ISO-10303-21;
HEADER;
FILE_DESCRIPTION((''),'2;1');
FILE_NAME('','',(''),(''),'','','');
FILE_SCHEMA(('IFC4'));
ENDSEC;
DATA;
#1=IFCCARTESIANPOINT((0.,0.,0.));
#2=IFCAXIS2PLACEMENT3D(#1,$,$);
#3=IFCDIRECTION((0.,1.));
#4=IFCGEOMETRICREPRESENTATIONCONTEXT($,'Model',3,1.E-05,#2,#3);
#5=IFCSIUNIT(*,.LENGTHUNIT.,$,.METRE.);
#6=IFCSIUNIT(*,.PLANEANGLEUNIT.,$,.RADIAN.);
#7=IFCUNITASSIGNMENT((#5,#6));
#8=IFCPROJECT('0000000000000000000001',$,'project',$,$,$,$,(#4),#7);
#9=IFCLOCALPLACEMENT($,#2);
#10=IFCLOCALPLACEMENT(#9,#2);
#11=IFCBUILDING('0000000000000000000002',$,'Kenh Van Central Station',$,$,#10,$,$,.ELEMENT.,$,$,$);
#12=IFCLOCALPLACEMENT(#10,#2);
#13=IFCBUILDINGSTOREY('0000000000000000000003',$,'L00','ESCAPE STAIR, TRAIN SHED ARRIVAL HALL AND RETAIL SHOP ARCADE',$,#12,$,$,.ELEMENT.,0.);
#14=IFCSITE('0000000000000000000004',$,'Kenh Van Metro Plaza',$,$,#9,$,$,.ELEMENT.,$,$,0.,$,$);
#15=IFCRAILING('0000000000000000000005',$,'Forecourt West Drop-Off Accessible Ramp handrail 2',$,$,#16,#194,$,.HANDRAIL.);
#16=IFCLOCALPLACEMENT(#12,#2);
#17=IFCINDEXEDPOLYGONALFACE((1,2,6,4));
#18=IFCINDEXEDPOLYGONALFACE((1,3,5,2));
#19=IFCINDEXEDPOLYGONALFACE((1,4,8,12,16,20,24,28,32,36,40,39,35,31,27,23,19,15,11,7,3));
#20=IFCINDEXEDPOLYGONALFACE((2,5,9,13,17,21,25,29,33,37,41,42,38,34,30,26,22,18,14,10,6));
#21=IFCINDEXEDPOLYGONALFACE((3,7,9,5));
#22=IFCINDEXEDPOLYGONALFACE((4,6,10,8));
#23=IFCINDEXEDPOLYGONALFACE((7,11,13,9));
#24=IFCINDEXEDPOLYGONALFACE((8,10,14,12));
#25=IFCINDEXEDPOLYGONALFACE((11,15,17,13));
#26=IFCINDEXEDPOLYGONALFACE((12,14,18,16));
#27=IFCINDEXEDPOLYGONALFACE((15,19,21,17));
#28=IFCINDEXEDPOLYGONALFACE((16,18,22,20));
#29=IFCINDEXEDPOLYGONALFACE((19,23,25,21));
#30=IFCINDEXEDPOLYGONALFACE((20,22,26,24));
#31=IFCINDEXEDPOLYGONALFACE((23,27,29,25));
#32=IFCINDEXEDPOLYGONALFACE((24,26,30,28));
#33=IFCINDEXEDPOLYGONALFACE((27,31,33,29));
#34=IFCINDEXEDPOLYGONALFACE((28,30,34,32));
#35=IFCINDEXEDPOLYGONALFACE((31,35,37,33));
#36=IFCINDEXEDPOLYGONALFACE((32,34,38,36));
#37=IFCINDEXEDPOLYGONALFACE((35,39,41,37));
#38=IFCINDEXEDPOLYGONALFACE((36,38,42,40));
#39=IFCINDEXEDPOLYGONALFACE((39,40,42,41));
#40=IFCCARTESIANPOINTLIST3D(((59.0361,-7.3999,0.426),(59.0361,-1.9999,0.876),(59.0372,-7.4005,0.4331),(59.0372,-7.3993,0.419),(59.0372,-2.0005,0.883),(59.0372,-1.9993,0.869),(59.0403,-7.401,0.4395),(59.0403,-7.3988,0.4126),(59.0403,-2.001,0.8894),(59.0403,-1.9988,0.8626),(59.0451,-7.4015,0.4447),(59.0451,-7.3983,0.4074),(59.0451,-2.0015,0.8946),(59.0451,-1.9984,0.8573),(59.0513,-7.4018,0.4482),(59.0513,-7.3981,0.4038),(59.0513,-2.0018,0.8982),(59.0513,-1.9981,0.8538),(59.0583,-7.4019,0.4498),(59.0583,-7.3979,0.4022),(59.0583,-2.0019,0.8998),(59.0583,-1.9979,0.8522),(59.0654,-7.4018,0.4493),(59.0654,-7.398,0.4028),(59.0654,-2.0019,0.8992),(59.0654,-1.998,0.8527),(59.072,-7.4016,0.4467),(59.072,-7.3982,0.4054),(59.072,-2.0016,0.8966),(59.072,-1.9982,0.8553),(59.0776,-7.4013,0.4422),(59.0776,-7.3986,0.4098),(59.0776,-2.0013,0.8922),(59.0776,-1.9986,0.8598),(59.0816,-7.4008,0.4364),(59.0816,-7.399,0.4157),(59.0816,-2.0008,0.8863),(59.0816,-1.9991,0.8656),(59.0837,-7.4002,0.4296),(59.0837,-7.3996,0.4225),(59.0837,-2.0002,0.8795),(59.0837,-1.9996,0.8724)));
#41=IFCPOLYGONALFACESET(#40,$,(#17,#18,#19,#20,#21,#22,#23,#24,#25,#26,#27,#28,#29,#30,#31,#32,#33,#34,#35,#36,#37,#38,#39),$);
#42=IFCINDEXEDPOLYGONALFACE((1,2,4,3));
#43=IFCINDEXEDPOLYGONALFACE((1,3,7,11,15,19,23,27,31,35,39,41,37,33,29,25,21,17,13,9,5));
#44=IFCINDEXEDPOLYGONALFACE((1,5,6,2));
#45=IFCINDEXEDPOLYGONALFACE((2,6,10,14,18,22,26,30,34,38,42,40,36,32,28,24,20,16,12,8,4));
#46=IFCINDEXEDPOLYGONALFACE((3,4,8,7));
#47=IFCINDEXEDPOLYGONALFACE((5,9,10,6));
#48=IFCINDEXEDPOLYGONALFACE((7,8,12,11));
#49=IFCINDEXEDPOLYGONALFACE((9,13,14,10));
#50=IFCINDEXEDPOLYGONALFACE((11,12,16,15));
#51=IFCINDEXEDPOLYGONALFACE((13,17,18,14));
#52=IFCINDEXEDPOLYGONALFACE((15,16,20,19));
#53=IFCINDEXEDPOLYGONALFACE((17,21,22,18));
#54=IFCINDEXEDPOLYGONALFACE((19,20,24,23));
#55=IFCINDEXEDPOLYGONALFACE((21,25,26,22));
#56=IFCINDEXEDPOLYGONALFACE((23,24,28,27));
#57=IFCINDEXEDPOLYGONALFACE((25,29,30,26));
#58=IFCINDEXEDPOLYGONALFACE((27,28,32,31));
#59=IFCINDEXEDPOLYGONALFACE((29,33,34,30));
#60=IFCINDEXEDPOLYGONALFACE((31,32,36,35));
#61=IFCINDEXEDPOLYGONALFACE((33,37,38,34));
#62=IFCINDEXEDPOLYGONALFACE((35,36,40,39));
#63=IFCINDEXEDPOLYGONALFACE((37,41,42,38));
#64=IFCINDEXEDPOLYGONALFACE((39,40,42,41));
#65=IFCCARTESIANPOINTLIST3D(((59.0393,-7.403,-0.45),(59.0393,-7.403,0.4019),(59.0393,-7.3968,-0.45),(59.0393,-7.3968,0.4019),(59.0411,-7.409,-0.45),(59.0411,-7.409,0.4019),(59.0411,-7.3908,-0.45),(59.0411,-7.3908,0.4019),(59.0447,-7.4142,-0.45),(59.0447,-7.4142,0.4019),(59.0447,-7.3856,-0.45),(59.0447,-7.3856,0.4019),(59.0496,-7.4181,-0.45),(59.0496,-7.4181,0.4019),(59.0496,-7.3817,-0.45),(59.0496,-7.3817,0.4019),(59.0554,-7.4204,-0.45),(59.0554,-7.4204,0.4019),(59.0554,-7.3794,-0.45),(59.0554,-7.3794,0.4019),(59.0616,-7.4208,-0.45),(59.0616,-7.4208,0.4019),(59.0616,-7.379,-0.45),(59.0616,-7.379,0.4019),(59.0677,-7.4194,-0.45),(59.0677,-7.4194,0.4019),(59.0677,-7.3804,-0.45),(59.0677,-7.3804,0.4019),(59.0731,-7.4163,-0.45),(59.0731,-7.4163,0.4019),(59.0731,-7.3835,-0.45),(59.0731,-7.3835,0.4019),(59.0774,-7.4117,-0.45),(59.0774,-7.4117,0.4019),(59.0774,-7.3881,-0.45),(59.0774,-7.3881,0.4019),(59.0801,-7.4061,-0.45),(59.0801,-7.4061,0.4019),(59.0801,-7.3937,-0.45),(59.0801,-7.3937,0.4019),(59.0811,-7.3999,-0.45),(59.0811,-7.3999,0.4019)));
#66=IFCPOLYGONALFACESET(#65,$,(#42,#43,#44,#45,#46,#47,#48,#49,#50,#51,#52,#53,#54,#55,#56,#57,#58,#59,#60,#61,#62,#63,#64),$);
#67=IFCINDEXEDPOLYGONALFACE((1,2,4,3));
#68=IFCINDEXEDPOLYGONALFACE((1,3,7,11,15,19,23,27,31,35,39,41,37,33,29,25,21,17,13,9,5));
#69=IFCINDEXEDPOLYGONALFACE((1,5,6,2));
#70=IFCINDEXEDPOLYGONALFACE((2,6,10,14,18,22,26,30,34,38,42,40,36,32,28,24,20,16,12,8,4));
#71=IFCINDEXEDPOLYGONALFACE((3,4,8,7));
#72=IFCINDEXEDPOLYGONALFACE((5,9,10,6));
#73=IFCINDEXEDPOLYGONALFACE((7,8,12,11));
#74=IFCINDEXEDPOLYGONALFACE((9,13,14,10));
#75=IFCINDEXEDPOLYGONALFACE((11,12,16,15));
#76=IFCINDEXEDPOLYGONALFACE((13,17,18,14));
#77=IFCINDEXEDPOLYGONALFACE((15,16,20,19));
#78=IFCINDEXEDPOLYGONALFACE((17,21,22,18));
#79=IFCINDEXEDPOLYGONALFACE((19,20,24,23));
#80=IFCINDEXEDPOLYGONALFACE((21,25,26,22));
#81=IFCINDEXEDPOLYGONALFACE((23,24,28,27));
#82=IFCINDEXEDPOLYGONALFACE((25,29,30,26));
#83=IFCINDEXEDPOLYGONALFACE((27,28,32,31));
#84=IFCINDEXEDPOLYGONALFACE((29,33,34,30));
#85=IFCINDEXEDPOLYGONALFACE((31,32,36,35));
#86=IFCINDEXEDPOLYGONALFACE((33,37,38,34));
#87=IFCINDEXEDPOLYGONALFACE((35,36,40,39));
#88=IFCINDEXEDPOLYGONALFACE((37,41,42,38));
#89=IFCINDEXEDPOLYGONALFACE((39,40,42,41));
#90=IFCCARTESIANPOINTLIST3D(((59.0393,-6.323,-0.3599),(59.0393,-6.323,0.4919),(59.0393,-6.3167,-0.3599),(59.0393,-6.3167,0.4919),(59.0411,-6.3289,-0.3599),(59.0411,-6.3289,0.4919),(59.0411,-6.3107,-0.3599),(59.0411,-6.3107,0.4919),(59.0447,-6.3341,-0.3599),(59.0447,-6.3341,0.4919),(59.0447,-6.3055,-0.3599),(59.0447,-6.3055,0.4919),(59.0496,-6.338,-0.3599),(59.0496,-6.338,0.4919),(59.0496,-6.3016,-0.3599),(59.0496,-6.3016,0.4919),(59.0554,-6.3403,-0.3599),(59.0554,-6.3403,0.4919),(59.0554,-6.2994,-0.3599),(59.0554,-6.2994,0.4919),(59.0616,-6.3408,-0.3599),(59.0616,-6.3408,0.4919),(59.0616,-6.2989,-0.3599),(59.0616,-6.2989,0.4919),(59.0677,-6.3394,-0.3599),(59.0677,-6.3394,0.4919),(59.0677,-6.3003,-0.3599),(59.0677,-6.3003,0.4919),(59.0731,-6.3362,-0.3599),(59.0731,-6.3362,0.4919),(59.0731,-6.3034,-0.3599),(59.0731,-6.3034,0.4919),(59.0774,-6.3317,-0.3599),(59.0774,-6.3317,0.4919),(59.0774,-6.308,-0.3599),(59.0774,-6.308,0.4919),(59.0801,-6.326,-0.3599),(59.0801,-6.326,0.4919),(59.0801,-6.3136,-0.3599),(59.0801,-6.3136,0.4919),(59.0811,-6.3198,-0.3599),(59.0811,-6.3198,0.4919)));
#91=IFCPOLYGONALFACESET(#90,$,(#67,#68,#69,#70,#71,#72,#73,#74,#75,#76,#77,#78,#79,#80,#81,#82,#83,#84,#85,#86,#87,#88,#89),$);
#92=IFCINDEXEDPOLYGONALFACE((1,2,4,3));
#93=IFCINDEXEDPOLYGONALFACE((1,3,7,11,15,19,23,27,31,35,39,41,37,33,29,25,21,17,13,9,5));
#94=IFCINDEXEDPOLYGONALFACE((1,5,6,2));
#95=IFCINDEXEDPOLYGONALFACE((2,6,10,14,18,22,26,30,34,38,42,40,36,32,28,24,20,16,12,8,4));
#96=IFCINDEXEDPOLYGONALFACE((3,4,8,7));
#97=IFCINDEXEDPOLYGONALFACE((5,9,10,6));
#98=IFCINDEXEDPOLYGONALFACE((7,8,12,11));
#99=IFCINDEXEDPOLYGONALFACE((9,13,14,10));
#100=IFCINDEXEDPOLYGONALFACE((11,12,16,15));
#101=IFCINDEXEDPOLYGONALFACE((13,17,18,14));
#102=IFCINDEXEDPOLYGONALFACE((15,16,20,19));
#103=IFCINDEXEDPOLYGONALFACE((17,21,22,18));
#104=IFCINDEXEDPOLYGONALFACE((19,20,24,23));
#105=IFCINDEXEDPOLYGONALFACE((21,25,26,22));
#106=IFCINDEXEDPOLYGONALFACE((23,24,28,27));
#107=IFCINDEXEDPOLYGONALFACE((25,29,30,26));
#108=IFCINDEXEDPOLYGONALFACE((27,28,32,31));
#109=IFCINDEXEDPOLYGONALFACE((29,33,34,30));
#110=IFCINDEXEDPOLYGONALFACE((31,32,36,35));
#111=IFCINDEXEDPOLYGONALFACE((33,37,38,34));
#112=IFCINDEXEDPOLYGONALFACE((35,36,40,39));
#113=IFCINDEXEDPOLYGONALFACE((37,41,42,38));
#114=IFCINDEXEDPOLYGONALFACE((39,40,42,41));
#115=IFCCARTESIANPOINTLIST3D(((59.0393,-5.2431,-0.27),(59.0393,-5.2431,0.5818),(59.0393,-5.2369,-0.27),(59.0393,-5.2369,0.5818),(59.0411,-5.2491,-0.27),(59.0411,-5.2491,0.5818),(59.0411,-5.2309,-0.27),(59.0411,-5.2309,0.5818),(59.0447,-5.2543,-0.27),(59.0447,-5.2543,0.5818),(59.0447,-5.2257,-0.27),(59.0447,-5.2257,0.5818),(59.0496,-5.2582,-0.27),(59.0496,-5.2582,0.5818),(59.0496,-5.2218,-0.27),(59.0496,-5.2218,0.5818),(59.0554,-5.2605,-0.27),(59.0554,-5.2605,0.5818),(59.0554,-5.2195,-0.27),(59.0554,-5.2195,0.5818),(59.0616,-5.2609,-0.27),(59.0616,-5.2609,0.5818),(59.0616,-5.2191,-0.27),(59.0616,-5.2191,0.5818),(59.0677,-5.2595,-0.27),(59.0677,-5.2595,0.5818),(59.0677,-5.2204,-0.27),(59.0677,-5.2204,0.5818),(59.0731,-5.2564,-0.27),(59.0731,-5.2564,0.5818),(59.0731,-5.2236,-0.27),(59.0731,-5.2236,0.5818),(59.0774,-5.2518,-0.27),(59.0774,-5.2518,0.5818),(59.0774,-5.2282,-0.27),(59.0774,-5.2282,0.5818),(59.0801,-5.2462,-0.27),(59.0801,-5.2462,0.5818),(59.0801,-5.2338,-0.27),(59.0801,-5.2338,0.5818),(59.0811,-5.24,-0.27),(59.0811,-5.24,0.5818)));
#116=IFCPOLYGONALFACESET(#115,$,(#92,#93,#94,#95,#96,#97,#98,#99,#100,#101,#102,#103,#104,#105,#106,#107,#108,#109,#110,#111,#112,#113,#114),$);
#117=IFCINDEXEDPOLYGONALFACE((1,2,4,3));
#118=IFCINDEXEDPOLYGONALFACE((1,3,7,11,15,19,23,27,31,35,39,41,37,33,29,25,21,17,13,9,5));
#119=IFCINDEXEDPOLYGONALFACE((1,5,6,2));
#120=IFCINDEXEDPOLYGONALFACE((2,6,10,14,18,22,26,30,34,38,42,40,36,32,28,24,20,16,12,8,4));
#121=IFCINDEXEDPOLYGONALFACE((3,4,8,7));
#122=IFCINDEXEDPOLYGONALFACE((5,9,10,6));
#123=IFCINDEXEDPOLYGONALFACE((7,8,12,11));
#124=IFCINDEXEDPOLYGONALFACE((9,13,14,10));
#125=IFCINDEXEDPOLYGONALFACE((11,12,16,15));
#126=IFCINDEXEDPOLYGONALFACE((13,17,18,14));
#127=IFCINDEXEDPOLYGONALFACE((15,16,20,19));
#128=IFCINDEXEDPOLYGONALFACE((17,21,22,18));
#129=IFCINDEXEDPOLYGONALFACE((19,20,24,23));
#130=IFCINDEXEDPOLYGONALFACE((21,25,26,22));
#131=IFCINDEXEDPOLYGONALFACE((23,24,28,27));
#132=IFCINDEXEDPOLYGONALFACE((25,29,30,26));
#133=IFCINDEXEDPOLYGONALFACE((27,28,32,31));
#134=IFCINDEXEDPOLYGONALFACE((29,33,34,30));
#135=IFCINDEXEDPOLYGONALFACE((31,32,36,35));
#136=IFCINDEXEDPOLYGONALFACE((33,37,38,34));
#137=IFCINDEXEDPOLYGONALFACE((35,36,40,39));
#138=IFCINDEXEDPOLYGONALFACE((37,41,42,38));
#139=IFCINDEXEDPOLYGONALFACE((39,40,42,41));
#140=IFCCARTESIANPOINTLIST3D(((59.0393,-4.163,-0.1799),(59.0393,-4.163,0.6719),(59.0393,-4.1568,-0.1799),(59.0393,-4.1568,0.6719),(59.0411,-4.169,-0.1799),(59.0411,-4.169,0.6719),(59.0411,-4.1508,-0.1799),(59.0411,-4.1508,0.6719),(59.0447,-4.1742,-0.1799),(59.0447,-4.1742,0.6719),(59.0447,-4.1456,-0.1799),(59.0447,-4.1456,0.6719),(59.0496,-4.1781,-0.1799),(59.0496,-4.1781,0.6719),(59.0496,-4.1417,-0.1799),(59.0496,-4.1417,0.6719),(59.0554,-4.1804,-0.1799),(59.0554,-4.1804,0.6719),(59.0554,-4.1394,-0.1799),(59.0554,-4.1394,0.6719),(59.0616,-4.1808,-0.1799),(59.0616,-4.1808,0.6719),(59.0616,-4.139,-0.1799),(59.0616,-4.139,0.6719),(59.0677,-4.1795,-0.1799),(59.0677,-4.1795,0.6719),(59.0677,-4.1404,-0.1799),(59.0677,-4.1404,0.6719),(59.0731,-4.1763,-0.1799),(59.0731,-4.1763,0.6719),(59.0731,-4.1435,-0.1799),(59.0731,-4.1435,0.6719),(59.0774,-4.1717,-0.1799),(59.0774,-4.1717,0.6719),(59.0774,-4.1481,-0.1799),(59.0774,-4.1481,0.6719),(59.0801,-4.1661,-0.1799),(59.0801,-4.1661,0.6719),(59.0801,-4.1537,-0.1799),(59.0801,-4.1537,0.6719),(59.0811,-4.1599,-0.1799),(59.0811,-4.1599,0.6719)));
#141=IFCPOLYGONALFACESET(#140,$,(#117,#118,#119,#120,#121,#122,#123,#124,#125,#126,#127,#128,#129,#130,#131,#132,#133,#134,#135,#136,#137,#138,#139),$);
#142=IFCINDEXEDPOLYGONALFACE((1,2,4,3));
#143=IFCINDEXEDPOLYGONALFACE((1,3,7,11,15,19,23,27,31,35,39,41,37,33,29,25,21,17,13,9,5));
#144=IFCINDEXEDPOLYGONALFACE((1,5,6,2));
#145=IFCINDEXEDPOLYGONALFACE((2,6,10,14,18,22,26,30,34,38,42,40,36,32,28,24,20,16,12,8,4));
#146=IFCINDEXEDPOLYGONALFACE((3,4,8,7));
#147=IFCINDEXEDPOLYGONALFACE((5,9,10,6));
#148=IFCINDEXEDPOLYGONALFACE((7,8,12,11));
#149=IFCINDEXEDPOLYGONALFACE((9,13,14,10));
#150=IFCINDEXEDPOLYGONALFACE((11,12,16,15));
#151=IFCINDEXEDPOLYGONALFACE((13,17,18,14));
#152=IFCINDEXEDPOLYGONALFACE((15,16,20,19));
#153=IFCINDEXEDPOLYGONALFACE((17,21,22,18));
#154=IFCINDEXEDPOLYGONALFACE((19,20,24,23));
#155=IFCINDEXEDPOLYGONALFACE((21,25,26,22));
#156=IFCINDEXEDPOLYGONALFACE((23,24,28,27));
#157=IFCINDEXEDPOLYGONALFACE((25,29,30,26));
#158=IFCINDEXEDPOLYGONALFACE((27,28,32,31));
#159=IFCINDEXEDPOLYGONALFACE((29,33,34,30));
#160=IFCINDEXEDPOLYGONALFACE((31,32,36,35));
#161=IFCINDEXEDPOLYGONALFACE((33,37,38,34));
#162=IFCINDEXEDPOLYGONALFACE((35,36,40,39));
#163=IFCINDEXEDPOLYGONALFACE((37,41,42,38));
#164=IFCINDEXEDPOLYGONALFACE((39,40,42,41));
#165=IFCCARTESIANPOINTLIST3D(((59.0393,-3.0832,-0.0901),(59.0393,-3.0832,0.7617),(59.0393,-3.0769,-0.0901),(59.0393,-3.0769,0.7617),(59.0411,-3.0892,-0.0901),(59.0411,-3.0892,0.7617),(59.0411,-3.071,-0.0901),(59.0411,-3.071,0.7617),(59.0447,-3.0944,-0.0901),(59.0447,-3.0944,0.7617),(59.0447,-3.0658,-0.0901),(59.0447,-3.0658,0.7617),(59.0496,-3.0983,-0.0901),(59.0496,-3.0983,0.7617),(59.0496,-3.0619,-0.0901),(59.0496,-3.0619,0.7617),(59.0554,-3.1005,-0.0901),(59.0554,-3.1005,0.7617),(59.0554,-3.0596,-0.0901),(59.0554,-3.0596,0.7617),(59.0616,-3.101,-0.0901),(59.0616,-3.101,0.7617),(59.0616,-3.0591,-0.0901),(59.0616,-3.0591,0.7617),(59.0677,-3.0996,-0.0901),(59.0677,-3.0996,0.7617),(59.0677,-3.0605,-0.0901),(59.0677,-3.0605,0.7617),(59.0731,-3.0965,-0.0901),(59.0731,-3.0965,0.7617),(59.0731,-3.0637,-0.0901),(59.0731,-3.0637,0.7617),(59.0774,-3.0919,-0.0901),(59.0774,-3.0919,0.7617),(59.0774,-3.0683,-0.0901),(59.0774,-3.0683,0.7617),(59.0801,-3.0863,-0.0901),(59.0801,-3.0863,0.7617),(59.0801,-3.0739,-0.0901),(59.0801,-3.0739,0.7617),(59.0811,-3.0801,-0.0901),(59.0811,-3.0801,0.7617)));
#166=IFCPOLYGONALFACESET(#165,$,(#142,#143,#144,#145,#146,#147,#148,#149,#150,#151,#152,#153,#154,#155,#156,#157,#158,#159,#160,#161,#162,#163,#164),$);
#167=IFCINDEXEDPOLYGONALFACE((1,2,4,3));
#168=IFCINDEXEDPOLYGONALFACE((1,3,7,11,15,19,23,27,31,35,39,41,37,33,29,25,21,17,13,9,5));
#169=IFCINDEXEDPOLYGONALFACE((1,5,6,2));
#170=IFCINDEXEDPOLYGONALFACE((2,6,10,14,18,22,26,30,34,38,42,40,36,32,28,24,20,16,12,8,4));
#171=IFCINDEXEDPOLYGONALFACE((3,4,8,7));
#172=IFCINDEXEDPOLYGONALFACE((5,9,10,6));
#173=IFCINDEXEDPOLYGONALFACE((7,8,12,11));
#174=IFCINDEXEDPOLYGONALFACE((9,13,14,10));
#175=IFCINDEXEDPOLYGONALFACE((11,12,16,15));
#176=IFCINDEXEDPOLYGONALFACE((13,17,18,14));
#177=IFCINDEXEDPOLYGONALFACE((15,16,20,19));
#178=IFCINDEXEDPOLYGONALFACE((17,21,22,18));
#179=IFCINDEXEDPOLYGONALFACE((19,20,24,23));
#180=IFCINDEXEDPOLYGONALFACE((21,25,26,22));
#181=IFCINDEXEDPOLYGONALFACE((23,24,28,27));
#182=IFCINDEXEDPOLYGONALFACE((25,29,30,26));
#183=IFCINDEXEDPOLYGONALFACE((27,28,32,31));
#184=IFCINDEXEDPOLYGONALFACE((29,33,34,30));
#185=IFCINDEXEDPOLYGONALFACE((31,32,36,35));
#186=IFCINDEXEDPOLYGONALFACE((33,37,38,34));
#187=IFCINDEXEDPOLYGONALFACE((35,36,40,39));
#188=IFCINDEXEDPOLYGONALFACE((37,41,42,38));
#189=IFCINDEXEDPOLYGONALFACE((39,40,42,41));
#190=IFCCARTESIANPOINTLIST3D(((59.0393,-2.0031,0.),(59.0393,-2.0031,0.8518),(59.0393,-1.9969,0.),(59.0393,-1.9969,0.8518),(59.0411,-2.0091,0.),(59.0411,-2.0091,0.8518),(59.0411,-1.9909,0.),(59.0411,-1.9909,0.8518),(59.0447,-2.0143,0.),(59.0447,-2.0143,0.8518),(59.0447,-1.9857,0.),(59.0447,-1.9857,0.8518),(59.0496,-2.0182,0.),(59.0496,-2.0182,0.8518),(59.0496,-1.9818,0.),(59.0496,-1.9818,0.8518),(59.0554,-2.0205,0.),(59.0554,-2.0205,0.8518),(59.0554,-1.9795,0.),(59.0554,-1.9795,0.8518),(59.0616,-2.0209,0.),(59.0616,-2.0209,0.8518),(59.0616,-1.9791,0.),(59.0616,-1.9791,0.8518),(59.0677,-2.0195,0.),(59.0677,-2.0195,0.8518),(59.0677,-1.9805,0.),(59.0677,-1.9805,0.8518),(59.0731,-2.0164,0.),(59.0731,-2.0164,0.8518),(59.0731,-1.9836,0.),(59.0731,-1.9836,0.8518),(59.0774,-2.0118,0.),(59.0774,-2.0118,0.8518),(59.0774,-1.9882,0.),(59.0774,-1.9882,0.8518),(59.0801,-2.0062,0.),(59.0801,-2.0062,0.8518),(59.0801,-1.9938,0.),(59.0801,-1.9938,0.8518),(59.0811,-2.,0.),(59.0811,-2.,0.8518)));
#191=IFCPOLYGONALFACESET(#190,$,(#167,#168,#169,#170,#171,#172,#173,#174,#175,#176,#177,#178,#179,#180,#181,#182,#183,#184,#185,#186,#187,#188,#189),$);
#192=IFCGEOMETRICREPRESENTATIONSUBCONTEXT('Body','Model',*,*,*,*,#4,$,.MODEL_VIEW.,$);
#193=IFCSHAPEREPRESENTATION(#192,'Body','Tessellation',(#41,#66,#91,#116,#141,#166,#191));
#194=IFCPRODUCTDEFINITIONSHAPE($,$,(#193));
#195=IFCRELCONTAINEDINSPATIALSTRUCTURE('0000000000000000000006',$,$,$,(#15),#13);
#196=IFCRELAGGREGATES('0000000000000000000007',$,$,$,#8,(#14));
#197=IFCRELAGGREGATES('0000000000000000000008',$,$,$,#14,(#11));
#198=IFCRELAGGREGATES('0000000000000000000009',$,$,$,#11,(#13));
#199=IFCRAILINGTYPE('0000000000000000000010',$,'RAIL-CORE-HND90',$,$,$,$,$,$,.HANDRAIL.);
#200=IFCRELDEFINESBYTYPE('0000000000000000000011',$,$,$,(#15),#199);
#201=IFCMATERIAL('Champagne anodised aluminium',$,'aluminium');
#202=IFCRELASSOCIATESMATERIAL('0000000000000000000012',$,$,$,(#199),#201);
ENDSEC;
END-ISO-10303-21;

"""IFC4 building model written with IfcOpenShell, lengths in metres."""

from ifc_helpers import new_model, si_unit, direction, frame, origin, origin_2d, place, context, subcontext, project, spatial, circle, extrude, material, type_object, element, save


model = new_model("IFC4")

# Units and contexts
model_context = context("Model", 3, precision=1e-05, world=origin(), true_north=direction((0.0, 1.0)))
body_context = subcontext(model_context, "Body", "Model", "MODEL_VIEW")
ifc_project = project(units=[si_unit("LENGTHUNIT", "METRE"), si_unit("PLANEANGLEUNIT", "RADIAN")], contexts=[model_context])

# Site, building, storey
site_placement = place(None, origin())
site = spatial("IfcSite", under=ifc_project, at=site_placement, Name="Kenh Van Metro Plaza", CompositionType="ELEMENT", RefElevation=0.0)
building_placement = place(site_placement, origin())
building = spatial("IfcBuilding", under=site, at=building_placement, Name="Kenh Van Central Station", CompositionType="ELEMENT")
storey_placement = place(building_placement, origin())
storey = spatial("IfcBuildingStorey", under=building, at=storey_placement, Name="L00", Description="ESCAPE STAIR, TRAIN SHED ARRIVAL HALL AND RETAIL SHOP ARCADE", CompositionType="ELEMENT", Elevation=0.0)

# Shared definitions
ifc_material_1 = material(Name="Champagne anodised aluminium", Category="aluminium")

# Railing
railing_type = type_object("IfcRailingType", Name="RAIL-CORE-HND90", PredefinedType="HANDRAIL", material=ifc_material_1)
for number, where, name in (
    (1, (59.0601, -7.3999, -0.45), "Forecourt West Drop-Off Accessible Ramp handrail 2"),
):
    element("IfcRailing", number, at=place(storey_placement, frame(where)), inside=storey, type_object=railing_type, Name=name, PredefinedType="HANDRAIL", context=body_context, shape_type="SweptSolid", body=[
        extrude(circle(Radius=0.0239, at=origin_2d()), frame((0.0, 0.0, 0.876), z_axis=(0.0, 0.996546, 0.083038), x_axis=(-1.0, 0.0, 0.0)), (0.0, 0.0, 1.0), 5.4187),
        extrude(circle(Radius=0.021, at=origin_2d()), origin(), (0.0, 0.0, 1.0), 0.8518),
        extrude(circle(Radius=0.021, at=origin_2d()), frame((0.0, 1.0801, 0.0901)), (0.0, 0.0, 1.0), 0.8518),
        extrude(circle(Radius=0.021, at=origin_2d()), frame((0.0, 2.1599, 0.1799)), (0.0, 0.0, 1.0), 0.8518),
        extrude(circle(Radius=0.021, at=origin_2d()), frame((0.0, 3.24, 0.27)), (0.0, 0.0, 1.0), 0.8518),
        extrude(circle(Radius=0.021, at=origin_2d()), frame((0.0, 4.3198, 0.3599)), (0.0, 0.0, 1.0), 0.8518),
        extrude(circle(Radius=0.021, at=origin_2d()), frame((0.0, 5.3999, 0.45)), (0.0, 0.0, 1.0), 0.8518),
    ])

save(model, "model.ifc")
